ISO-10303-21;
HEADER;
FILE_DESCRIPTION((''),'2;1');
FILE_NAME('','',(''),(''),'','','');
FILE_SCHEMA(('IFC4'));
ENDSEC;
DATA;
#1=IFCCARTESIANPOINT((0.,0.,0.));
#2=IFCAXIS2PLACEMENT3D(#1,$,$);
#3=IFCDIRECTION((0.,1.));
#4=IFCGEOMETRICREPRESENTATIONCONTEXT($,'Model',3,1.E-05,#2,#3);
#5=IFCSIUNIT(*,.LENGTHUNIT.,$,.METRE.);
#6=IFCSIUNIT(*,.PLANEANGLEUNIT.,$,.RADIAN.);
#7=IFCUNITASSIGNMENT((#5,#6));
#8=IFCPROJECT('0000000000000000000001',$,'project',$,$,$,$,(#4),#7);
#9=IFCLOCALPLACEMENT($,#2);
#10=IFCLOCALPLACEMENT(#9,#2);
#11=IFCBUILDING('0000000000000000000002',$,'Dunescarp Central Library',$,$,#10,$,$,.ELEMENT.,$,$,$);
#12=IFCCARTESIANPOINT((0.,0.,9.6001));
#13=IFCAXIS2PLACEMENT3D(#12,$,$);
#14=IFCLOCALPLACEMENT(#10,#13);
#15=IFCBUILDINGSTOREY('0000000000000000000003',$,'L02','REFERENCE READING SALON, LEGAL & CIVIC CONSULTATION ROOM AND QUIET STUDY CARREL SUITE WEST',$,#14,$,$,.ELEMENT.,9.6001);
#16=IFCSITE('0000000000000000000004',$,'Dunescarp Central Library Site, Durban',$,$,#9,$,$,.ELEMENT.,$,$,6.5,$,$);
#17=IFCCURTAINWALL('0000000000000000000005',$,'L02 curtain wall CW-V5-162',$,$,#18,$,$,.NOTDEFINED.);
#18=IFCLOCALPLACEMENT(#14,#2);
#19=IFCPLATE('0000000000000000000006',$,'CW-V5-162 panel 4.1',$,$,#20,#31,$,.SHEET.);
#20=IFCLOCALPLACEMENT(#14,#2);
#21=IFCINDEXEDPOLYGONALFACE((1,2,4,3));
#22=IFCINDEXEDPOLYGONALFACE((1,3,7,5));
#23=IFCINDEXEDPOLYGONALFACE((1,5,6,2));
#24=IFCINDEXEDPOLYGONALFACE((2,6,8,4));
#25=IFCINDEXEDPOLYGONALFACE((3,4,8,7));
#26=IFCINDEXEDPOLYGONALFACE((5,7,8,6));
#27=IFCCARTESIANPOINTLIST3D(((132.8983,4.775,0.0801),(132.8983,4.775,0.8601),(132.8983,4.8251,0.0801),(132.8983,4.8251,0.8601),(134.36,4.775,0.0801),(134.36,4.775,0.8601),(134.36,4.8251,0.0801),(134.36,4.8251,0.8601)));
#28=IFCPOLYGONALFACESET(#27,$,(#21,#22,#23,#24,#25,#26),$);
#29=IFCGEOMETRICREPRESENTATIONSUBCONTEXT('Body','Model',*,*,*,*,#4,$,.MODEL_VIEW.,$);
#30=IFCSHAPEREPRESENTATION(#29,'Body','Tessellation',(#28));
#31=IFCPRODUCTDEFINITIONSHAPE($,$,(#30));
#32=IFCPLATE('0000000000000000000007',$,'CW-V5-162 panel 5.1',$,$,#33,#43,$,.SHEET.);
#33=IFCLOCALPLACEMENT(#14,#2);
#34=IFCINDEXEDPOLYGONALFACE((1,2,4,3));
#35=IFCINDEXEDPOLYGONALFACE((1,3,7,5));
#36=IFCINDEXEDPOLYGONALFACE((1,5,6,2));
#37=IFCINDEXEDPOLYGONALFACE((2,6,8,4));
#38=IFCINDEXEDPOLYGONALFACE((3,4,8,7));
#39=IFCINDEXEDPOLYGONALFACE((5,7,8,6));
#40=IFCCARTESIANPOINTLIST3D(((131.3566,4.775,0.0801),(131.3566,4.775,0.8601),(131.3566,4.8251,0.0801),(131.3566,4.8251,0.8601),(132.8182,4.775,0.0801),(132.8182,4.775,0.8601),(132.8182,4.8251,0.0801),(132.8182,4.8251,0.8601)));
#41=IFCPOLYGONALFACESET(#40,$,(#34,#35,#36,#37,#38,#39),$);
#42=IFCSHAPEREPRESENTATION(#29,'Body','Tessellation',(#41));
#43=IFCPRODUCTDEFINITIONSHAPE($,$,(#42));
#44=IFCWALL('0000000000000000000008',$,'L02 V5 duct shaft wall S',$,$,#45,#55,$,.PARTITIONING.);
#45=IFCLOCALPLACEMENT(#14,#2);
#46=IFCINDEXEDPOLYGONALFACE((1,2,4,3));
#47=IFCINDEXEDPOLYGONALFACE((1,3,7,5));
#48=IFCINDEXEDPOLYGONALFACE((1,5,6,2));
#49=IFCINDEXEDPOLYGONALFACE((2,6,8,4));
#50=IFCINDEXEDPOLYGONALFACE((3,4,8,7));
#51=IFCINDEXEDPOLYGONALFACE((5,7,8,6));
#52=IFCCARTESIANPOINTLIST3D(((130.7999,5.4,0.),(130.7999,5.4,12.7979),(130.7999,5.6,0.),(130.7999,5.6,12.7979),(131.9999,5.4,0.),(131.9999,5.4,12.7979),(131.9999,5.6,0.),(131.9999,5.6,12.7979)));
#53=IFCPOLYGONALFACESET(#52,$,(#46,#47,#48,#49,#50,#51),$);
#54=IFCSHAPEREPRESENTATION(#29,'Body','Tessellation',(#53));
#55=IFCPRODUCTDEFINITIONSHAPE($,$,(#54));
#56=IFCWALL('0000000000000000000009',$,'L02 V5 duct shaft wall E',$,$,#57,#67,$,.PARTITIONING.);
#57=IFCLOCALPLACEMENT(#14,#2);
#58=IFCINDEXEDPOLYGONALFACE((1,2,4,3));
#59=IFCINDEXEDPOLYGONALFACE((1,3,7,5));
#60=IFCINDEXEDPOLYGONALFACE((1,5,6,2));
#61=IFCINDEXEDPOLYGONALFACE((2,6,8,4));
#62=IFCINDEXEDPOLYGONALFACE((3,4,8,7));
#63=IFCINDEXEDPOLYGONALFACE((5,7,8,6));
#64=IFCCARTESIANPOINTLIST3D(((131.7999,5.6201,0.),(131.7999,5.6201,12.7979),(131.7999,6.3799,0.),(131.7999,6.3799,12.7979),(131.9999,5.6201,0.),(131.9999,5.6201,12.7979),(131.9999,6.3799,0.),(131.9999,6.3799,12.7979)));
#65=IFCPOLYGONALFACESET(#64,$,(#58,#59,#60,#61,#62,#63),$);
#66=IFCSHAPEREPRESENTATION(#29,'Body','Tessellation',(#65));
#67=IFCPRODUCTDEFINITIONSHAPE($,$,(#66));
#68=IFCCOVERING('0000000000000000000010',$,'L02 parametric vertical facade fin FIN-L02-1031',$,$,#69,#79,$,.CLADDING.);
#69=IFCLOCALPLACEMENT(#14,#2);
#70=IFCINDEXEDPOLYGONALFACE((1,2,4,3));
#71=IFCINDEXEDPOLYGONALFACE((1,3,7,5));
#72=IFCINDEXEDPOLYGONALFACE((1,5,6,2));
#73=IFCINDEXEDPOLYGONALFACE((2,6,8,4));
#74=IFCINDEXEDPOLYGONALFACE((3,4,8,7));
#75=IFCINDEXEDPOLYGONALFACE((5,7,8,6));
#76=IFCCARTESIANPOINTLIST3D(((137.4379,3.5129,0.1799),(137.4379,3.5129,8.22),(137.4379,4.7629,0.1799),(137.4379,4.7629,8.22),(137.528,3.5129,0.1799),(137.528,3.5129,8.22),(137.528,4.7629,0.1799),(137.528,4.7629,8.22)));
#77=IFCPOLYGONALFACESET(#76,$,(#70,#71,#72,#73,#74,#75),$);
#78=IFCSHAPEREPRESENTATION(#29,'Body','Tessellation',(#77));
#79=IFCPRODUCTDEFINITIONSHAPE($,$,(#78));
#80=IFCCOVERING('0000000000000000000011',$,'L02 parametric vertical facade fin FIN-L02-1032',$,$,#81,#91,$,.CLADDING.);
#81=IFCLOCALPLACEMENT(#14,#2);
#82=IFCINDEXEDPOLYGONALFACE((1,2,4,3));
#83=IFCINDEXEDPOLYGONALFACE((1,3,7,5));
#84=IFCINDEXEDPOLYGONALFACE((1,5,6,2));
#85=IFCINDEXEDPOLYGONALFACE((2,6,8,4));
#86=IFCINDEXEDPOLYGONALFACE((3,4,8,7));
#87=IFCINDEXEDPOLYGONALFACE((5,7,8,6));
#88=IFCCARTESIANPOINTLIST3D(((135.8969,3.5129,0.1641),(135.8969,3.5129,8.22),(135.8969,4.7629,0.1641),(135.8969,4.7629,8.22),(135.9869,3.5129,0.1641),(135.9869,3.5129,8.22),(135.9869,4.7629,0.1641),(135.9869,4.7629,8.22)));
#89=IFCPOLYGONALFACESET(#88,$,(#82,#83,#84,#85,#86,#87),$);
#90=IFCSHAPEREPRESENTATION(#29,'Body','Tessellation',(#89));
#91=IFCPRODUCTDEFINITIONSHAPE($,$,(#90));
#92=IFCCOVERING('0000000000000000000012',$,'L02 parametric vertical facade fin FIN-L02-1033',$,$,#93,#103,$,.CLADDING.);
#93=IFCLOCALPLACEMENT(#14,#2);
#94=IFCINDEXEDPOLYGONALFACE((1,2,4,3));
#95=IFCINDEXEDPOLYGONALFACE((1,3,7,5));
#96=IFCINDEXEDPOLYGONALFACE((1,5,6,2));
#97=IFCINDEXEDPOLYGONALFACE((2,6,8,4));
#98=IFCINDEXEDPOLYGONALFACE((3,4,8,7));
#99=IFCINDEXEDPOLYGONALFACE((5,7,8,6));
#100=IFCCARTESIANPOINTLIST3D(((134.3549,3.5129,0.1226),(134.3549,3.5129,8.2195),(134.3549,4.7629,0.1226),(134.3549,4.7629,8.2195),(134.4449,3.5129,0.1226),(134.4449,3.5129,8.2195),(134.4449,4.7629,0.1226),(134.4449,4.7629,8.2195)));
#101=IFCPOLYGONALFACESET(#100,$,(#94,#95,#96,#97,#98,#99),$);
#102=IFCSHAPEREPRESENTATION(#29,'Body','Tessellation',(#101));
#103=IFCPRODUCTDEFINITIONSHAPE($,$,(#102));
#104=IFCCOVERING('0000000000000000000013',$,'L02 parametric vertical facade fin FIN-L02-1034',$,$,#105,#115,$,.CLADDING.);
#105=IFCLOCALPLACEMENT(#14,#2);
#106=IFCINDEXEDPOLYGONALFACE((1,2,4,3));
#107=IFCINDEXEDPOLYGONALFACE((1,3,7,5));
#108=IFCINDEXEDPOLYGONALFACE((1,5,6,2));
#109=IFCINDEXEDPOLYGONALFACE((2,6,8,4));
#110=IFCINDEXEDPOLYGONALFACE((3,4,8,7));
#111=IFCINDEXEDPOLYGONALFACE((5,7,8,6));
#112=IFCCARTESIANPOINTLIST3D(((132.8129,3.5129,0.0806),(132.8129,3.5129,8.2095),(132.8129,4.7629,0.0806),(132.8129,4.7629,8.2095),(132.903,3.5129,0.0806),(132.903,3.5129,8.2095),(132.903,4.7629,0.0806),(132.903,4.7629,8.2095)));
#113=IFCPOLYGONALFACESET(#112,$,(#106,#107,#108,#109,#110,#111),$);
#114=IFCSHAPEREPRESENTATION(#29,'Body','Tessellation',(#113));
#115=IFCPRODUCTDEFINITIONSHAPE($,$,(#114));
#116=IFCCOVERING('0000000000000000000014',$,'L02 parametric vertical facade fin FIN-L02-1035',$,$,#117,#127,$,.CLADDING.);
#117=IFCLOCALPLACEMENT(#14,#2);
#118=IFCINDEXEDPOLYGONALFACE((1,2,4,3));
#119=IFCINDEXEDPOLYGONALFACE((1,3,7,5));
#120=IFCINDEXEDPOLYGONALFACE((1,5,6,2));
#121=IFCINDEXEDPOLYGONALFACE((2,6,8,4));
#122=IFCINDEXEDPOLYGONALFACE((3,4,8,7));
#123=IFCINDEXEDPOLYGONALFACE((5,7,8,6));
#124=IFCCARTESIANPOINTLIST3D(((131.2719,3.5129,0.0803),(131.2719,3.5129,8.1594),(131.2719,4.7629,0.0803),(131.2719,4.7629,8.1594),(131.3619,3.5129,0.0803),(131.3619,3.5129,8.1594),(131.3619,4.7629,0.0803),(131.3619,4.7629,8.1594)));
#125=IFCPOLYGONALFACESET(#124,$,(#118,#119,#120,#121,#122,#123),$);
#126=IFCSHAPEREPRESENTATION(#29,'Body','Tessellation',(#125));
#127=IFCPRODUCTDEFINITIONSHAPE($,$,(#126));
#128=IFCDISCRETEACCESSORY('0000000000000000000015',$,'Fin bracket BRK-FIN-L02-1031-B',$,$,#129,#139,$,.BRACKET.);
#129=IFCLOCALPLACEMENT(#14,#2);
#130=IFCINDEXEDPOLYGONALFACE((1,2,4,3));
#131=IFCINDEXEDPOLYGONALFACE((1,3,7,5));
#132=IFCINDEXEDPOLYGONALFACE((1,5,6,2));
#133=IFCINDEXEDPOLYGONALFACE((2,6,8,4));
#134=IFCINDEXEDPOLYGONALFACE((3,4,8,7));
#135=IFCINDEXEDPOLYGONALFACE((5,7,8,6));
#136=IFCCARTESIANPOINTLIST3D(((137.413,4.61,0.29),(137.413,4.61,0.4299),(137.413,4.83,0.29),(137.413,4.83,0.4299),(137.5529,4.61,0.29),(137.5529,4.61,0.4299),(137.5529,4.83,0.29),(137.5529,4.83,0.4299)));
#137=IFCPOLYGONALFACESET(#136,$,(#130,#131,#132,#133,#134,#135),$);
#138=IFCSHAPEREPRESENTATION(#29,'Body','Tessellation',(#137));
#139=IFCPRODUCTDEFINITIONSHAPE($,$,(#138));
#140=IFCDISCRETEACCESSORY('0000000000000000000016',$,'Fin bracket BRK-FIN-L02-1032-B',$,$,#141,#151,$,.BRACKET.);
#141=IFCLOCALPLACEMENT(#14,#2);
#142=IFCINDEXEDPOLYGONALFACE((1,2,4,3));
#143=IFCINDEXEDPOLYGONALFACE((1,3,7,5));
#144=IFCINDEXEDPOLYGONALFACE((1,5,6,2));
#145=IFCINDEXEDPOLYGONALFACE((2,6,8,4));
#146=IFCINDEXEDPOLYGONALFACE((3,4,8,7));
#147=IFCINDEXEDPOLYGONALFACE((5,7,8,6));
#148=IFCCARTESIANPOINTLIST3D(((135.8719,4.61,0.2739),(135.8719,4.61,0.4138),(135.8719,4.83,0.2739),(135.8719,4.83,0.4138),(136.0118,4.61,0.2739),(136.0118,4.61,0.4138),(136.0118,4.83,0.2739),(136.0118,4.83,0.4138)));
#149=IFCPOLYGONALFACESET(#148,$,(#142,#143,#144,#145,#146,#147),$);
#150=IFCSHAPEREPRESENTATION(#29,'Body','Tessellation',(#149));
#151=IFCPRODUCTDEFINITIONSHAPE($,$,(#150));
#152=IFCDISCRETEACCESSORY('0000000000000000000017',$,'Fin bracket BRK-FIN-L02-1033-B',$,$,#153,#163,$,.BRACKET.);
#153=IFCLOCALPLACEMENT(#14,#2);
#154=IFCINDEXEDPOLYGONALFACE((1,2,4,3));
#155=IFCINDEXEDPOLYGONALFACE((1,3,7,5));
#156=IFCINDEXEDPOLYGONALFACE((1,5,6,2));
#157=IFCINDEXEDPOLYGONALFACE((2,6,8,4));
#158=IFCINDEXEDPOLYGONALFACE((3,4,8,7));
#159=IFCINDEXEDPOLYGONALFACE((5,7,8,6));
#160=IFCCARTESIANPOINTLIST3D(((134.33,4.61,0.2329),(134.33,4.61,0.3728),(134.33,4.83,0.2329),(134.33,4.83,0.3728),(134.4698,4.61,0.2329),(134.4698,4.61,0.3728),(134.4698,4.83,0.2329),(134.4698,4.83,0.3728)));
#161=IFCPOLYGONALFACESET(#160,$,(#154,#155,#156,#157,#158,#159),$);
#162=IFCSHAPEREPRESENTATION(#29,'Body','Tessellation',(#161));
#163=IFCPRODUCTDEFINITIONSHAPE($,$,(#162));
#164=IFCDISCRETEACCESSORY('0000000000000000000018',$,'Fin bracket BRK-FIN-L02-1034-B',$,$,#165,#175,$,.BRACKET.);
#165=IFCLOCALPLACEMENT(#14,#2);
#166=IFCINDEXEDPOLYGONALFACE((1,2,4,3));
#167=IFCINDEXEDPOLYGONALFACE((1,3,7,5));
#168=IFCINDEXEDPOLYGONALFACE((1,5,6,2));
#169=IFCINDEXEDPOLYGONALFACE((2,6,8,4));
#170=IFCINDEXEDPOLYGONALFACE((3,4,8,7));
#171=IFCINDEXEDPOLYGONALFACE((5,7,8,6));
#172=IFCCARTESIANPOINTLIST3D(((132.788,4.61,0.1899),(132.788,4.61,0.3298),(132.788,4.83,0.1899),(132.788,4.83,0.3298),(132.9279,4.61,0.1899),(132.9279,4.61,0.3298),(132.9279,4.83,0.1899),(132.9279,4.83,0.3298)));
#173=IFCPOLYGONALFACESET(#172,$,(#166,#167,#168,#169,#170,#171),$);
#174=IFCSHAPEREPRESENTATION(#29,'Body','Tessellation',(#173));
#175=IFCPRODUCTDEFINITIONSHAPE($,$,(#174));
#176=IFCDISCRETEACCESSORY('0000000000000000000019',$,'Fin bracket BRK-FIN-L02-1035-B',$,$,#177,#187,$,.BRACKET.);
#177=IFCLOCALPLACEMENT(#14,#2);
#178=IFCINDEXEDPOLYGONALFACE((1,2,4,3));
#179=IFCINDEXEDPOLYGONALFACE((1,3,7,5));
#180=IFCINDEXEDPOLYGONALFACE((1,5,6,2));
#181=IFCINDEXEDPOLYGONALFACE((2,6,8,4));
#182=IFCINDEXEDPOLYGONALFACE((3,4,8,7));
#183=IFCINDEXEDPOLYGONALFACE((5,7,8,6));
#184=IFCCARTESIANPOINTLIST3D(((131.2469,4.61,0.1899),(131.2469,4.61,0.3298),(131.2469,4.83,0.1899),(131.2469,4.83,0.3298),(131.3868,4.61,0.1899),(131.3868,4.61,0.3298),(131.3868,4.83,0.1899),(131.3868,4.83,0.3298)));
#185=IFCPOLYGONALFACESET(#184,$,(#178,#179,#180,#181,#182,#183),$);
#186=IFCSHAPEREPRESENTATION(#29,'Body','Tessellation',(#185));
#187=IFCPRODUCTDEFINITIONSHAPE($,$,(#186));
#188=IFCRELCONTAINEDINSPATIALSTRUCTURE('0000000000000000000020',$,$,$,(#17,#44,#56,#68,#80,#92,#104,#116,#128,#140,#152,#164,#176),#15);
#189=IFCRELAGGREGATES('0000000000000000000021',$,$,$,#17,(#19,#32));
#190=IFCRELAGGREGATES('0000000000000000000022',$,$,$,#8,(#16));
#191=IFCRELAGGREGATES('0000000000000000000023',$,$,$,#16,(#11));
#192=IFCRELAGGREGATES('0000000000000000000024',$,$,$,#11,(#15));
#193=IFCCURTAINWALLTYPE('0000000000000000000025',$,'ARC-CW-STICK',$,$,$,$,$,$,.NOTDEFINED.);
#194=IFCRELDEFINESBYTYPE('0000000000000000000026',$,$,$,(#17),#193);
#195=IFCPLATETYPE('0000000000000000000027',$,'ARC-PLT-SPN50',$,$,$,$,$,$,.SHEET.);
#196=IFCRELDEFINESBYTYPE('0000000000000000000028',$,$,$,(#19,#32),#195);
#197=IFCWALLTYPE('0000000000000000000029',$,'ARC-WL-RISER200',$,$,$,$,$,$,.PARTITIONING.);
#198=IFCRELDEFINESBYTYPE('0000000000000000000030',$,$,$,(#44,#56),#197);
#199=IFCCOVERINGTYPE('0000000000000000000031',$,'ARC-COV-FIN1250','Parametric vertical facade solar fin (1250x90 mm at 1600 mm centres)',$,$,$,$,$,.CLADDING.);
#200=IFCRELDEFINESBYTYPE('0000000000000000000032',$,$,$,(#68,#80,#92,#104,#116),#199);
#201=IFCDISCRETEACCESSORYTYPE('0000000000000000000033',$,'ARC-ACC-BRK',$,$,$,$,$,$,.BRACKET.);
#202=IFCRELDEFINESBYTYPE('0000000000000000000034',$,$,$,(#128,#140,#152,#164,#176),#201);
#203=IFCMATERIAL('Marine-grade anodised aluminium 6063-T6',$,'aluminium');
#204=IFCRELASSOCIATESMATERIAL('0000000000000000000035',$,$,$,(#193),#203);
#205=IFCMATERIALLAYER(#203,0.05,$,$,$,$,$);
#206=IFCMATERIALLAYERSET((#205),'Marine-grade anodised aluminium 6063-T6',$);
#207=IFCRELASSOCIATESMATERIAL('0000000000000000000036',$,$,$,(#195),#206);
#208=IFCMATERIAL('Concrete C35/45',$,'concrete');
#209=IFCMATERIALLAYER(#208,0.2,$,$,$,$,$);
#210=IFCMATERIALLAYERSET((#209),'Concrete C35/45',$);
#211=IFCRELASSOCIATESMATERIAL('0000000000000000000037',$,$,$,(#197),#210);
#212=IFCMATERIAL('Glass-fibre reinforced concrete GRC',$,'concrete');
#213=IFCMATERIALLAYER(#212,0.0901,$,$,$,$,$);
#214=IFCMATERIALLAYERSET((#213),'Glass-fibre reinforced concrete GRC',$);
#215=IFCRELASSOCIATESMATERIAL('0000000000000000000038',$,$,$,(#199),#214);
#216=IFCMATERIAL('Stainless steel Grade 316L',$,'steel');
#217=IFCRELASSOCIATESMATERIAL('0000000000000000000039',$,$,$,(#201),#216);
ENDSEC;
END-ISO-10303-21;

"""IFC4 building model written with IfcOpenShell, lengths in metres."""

from ifc_helpers import new_model, si_unit, direction, frame, frame_2d, origin, origin_2d, place, context, subcontext, project, spatial, rectangle, extrude, material, layer, layer_set, type_object, element, aggregate, save


model = new_model("IFC4")

# Units and contexts
model_context = context("Model", 3, precision=1e-05, world=origin(), true_north=direction((0.0, 1.0)))
body_context = subcontext(model_context, "Body", "Model", "MODEL_VIEW")
ifc_project = project(units=[si_unit("LENGTHUNIT", "METRE"), si_unit("PLANEANGLEUNIT", "RADIAN")], contexts=[model_context])

# Site, building, storey
site_placement = place(None, origin())
site = spatial("IfcSite", under=ifc_project, at=site_placement, Name="Dunescarp Central Library Site, Durban", CompositionType="ELEMENT", RefElevation=6.5)
building_placement = place(site_placement, origin())
building = spatial("IfcBuilding", under=site, at=building_placement, Name="Dunescarp Central Library", CompositionType="ELEMENT")
storey_placement = place(building_placement, frame((0.0, 0.0, 9.6001)))
storey = spatial("IfcBuildingStorey", under=building, at=storey_placement, Name="L02", Description="REFERENCE READING SALON, LEGAL & CIVIC CONSULTATION ROOM AND QUIET STUDY CARREL SUITE WEST", CompositionType="ELEMENT", Elevation=9.6001)

# Curtain wall
ifc_material_1 = material(Name="Marine-grade anodised aluminium 6063-T6", Category="aluminium")
curtain_wall_type = type_object("IfcCurtainWallType", Name="ARC-CW-STICK", PredefinedType="NOTDEFINED", material=ifc_material_1)
curtain_wall_placement = place(storey_placement, origin())
curtain_wall = element("IfcCurtainWall", 1, at=curtain_wall_placement, inside=storey, type_object=curtain_wall_type, Name="L02 curtain wall CW-V5-162", PredefinedType="NOTDEFINED")

# Plates
ifc_layer_1 = layer(ifc_material_1, 0.05)
ifc_layer_set_1 = layer_set([ifc_layer_1], Name="Marine-grade anodised aluminium 6063-T6")
plate_type = type_object("IfcPlateType", Name="ARC-PLT-SPN50", PredefinedType="SHEET", material=ifc_layer_set_1)
plate_1_placement = place(storey_placement, frame((133.6292, 4.8, 0.0801), z_axis=(0.0, 0.0, 1.0), x_axis=(-1.0, 0.0, 0.0)))
plate_1 = element("IfcPlate", 2, at=plate_1_placement, type_object=plate_type, Name="CW-V5-162 panel 4.1", PredefinedType="SHEET", context=body_context, shape_type="SweptSolid", body=[
    extrude(rectangle(XDim=1.4617, YDim=0.05, at=origin_2d()), origin(), (0.0, 0.0, 1.0), 0.78),
])
plate_2_placement = place(storey_placement, frame((132.0874, 4.8, 0.0801), z_axis=(0.0, 0.0, 1.0), x_axis=(-1.0, 0.0, 0.0)))
plate_2 = element("IfcPlate", 3, at=plate_2_placement, type_object=plate_type, Name="CW-V5-162 panel 5.1", PredefinedType="SHEET", context=body_context, shape_type="SweptSolid", body=[
    extrude(rectangle(XDim=1.4617, YDim=0.05, at=origin_2d()), origin(), (0.0, 0.0, 1.0), 0.78),
])
aggregate(curtain_wall, [plate_1, plate_2])

# Walls
ifc_material_2 = material(Name="Concrete C35/45", Category="concrete")
ifc_layer_2 = layer(ifc_material_2, 0.2)
ifc_layer_set_2 = layer_set([ifc_layer_2], Name="Concrete C35/45")
wall_type = type_object("IfcWallType", Name="ARC-WL-RISER200", PredefinedType="PARTITIONING", material=ifc_layer_set_2)
wall_1_placement = place(storey_placement, frame((132.0, 5.5, 0.0), z_axis=(0.0, 0.0, 1.0), x_axis=(-1.0, 0.0, 0.0)))
element("IfcWall", 4, at=wall_1_placement, inside=storey, type_object=wall_type, Name="L02 V5 duct shaft wall S", PredefinedType="PARTITIONING", context=body_context, shape_type="SweptSolid", body=[
    extrude(rectangle(XDim=1.2, YDim=0.2, at=frame_2d((0.6001, 0.0))), origin(), (0.0, 0.0, 1.0), 12.7979),
])
wall_2_placement = place(storey_placement, frame((131.8999, 6.3799, 0.0), z_axis=(0.0, 0.0, 1.0), x_axis=(0.0, -1.0, 0.0)))
element("IfcWall", 5, at=wall_2_placement, inside=storey, type_object=wall_type, Name="L02 V5 duct shaft wall E", PredefinedType="PARTITIONING", context=body_context, shape_type="SweptSolid", body=[
    extrude(rectangle(XDim=0.7598, YDim=0.2, at=frame_2d((0.3799, 0.0))), origin(), (0.0, 0.0, 1.0), 12.7979),
])

# Coverings
ifc_material_3 = material(Name="Glass-fibre reinforced concrete GRC", Category="concrete")
ifc_layer_3 = layer(ifc_material_3, 0.0901)
ifc_layer_set_3 = layer_set([ifc_layer_3], Name="Glass-fibre reinforced concrete GRC")
covering_type = type_object("IfcCoveringType", Name="ARC-COV-FIN1250", Description="Parametric vertical facade solar fin (1250x90 mm at 1600 mm centres)", PredefinedType="CLADDING", material=ifc_layer_set_3)
covering_1_placement = place(storey_placement, frame((137.4829, 4.1379, 0.1799), z_axis=(0.0, 0.0, 1.0), x_axis=(0.0, -1.0, 0.0)))
element("IfcCovering", 6, at=covering_1_placement, inside=storey, type_object=covering_type, Name="L02 parametric vertical facade fin FIN-L02-1031", PredefinedType="CLADDING", context=body_context, shape_type="SweptSolid", body=[
    extrude(rectangle(XDim=1.25, YDim=0.0901, at=origin_2d()), origin(), (0.0, 0.0, 1.0), 8.04),
])
covering_2_placement = place(storey_placement, frame((135.9419, 4.1379, 0.1641), z_axis=(0.0, 0.0, 1.0), x_axis=(0.0, -1.0, 0.0)))
element("IfcCovering", 7, at=covering_2_placement, inside=storey, type_object=covering_type, Name="L02 parametric vertical facade fin FIN-L02-1032", PredefinedType="CLADDING", context=body_context, shape_type="SweptSolid", body=[
    extrude(rectangle(XDim=1.25, YDim=0.0901, at=origin_2d()), origin(), (0.0, 0.0, 1.0), 8.0559),
])
covering_3_placement = place(storey_placement, frame((134.3999, 4.1379, 0.1226), z_axis=(0.0, 0.0, 1.0), x_axis=(0.0, -1.0, 0.0)))
element("IfcCovering", 8, at=covering_3_placement, inside=storey, type_object=covering_type, Name="L02 parametric vertical facade fin FIN-L02-1033", PredefinedType="CLADDING", context=body_context, shape_type="SweptSolid", body=[
    extrude(rectangle(XDim=1.25, YDim=0.0901, at=origin_2d()), origin(), (0.0, 0.0, 1.0), 8.0969),
])
covering_4_placement = place(storey_placement, frame((132.8579, 4.1379, 0.0806), z_axis=(0.0, 0.0, 1.0), x_axis=(0.0, -1.0, 0.0)))
element("IfcCovering", 9, at=covering_4_placement, inside=storey, type_object=covering_type, Name="L02 parametric vertical facade fin FIN-L02-1034", PredefinedType="CLADDING", context=body_context, shape_type="SweptSolid", body=[
    extrude(rectangle(XDim=1.25, YDim=0.0901, at=origin_2d()), origin(), (0.0, 0.0, 1.0), 8.1289),
])
covering_5_placement = place(storey_placement, frame((131.3169, 4.1379, 0.0803), z_axis=(0.0, 0.0, 1.0), x_axis=(0.0, -1.0, 0.0)))
element("IfcCovering", 10, at=covering_5_placement, inside=storey, type_object=covering_type, Name="L02 parametric vertical facade fin FIN-L02-1035", PredefinedType="CLADDING", context=body_context, shape_type="SweptSolid", body=[
    extrude(rectangle(XDim=1.25, YDim=0.0901, at=origin_2d()), origin(), (0.0, 0.0, 1.0), 8.0791),
])

# Discrete accessories
ifc_material_4 = material(Name="Stainless steel Grade 316L", Category="steel")
discrete_accessory_type = type_object("IfcDiscreteAccessoryType", Name="ARC-ACC-BRK", PredefinedType="BRACKET", material=ifc_material_4)
for number, where, z_axis, x_axis, name in (
    (11, (137.4829, 4.72, 0.29), (0.0, 0.0, 1.0), (0.0, -1.0, 0.0), "Fin bracket BRK-FIN-L02-1031-B"),
    (12, (135.9419, 4.72, 0.2739), (0.0, 0.0, 1.0), (0.0, -1.0, 0.0), "Fin bracket BRK-FIN-L02-1032-B"),
    (13, (134.3999, 4.72, 0.2329), (0.0, 0.0, 1.0), (0.0, -1.0, 0.0), "Fin bracket BRK-FIN-L02-1033-B"),
    (14, (132.8579, 4.72, 0.1899), (0.0, 0.0, 1.0), (0.0, -1.0, 0.0), "Fin bracket BRK-FIN-L02-1034-B"),
    (15, (131.3169, 4.72, 0.1899), (0.0, 0.0, 1.0), (0.0, -1.0, 0.0), "Fin bracket BRK-FIN-L02-1035-B"),
):
    element("IfcDiscreteAccessory", number, at=place(storey_placement, frame(where, z_axis=z_axis, x_axis=x_axis)), inside=storey, type_object=discrete_accessory_type, Name=name, PredefinedType="BRACKET", context=body_context, shape_type="SweptSolid", body=[
        extrude(rectangle(XDim=0.22, YDim=0.1399, at=origin_2d()), origin(), (0.0, 0.0, 1.0), 0.1399),
    ])

save(model, "model.ifc")
